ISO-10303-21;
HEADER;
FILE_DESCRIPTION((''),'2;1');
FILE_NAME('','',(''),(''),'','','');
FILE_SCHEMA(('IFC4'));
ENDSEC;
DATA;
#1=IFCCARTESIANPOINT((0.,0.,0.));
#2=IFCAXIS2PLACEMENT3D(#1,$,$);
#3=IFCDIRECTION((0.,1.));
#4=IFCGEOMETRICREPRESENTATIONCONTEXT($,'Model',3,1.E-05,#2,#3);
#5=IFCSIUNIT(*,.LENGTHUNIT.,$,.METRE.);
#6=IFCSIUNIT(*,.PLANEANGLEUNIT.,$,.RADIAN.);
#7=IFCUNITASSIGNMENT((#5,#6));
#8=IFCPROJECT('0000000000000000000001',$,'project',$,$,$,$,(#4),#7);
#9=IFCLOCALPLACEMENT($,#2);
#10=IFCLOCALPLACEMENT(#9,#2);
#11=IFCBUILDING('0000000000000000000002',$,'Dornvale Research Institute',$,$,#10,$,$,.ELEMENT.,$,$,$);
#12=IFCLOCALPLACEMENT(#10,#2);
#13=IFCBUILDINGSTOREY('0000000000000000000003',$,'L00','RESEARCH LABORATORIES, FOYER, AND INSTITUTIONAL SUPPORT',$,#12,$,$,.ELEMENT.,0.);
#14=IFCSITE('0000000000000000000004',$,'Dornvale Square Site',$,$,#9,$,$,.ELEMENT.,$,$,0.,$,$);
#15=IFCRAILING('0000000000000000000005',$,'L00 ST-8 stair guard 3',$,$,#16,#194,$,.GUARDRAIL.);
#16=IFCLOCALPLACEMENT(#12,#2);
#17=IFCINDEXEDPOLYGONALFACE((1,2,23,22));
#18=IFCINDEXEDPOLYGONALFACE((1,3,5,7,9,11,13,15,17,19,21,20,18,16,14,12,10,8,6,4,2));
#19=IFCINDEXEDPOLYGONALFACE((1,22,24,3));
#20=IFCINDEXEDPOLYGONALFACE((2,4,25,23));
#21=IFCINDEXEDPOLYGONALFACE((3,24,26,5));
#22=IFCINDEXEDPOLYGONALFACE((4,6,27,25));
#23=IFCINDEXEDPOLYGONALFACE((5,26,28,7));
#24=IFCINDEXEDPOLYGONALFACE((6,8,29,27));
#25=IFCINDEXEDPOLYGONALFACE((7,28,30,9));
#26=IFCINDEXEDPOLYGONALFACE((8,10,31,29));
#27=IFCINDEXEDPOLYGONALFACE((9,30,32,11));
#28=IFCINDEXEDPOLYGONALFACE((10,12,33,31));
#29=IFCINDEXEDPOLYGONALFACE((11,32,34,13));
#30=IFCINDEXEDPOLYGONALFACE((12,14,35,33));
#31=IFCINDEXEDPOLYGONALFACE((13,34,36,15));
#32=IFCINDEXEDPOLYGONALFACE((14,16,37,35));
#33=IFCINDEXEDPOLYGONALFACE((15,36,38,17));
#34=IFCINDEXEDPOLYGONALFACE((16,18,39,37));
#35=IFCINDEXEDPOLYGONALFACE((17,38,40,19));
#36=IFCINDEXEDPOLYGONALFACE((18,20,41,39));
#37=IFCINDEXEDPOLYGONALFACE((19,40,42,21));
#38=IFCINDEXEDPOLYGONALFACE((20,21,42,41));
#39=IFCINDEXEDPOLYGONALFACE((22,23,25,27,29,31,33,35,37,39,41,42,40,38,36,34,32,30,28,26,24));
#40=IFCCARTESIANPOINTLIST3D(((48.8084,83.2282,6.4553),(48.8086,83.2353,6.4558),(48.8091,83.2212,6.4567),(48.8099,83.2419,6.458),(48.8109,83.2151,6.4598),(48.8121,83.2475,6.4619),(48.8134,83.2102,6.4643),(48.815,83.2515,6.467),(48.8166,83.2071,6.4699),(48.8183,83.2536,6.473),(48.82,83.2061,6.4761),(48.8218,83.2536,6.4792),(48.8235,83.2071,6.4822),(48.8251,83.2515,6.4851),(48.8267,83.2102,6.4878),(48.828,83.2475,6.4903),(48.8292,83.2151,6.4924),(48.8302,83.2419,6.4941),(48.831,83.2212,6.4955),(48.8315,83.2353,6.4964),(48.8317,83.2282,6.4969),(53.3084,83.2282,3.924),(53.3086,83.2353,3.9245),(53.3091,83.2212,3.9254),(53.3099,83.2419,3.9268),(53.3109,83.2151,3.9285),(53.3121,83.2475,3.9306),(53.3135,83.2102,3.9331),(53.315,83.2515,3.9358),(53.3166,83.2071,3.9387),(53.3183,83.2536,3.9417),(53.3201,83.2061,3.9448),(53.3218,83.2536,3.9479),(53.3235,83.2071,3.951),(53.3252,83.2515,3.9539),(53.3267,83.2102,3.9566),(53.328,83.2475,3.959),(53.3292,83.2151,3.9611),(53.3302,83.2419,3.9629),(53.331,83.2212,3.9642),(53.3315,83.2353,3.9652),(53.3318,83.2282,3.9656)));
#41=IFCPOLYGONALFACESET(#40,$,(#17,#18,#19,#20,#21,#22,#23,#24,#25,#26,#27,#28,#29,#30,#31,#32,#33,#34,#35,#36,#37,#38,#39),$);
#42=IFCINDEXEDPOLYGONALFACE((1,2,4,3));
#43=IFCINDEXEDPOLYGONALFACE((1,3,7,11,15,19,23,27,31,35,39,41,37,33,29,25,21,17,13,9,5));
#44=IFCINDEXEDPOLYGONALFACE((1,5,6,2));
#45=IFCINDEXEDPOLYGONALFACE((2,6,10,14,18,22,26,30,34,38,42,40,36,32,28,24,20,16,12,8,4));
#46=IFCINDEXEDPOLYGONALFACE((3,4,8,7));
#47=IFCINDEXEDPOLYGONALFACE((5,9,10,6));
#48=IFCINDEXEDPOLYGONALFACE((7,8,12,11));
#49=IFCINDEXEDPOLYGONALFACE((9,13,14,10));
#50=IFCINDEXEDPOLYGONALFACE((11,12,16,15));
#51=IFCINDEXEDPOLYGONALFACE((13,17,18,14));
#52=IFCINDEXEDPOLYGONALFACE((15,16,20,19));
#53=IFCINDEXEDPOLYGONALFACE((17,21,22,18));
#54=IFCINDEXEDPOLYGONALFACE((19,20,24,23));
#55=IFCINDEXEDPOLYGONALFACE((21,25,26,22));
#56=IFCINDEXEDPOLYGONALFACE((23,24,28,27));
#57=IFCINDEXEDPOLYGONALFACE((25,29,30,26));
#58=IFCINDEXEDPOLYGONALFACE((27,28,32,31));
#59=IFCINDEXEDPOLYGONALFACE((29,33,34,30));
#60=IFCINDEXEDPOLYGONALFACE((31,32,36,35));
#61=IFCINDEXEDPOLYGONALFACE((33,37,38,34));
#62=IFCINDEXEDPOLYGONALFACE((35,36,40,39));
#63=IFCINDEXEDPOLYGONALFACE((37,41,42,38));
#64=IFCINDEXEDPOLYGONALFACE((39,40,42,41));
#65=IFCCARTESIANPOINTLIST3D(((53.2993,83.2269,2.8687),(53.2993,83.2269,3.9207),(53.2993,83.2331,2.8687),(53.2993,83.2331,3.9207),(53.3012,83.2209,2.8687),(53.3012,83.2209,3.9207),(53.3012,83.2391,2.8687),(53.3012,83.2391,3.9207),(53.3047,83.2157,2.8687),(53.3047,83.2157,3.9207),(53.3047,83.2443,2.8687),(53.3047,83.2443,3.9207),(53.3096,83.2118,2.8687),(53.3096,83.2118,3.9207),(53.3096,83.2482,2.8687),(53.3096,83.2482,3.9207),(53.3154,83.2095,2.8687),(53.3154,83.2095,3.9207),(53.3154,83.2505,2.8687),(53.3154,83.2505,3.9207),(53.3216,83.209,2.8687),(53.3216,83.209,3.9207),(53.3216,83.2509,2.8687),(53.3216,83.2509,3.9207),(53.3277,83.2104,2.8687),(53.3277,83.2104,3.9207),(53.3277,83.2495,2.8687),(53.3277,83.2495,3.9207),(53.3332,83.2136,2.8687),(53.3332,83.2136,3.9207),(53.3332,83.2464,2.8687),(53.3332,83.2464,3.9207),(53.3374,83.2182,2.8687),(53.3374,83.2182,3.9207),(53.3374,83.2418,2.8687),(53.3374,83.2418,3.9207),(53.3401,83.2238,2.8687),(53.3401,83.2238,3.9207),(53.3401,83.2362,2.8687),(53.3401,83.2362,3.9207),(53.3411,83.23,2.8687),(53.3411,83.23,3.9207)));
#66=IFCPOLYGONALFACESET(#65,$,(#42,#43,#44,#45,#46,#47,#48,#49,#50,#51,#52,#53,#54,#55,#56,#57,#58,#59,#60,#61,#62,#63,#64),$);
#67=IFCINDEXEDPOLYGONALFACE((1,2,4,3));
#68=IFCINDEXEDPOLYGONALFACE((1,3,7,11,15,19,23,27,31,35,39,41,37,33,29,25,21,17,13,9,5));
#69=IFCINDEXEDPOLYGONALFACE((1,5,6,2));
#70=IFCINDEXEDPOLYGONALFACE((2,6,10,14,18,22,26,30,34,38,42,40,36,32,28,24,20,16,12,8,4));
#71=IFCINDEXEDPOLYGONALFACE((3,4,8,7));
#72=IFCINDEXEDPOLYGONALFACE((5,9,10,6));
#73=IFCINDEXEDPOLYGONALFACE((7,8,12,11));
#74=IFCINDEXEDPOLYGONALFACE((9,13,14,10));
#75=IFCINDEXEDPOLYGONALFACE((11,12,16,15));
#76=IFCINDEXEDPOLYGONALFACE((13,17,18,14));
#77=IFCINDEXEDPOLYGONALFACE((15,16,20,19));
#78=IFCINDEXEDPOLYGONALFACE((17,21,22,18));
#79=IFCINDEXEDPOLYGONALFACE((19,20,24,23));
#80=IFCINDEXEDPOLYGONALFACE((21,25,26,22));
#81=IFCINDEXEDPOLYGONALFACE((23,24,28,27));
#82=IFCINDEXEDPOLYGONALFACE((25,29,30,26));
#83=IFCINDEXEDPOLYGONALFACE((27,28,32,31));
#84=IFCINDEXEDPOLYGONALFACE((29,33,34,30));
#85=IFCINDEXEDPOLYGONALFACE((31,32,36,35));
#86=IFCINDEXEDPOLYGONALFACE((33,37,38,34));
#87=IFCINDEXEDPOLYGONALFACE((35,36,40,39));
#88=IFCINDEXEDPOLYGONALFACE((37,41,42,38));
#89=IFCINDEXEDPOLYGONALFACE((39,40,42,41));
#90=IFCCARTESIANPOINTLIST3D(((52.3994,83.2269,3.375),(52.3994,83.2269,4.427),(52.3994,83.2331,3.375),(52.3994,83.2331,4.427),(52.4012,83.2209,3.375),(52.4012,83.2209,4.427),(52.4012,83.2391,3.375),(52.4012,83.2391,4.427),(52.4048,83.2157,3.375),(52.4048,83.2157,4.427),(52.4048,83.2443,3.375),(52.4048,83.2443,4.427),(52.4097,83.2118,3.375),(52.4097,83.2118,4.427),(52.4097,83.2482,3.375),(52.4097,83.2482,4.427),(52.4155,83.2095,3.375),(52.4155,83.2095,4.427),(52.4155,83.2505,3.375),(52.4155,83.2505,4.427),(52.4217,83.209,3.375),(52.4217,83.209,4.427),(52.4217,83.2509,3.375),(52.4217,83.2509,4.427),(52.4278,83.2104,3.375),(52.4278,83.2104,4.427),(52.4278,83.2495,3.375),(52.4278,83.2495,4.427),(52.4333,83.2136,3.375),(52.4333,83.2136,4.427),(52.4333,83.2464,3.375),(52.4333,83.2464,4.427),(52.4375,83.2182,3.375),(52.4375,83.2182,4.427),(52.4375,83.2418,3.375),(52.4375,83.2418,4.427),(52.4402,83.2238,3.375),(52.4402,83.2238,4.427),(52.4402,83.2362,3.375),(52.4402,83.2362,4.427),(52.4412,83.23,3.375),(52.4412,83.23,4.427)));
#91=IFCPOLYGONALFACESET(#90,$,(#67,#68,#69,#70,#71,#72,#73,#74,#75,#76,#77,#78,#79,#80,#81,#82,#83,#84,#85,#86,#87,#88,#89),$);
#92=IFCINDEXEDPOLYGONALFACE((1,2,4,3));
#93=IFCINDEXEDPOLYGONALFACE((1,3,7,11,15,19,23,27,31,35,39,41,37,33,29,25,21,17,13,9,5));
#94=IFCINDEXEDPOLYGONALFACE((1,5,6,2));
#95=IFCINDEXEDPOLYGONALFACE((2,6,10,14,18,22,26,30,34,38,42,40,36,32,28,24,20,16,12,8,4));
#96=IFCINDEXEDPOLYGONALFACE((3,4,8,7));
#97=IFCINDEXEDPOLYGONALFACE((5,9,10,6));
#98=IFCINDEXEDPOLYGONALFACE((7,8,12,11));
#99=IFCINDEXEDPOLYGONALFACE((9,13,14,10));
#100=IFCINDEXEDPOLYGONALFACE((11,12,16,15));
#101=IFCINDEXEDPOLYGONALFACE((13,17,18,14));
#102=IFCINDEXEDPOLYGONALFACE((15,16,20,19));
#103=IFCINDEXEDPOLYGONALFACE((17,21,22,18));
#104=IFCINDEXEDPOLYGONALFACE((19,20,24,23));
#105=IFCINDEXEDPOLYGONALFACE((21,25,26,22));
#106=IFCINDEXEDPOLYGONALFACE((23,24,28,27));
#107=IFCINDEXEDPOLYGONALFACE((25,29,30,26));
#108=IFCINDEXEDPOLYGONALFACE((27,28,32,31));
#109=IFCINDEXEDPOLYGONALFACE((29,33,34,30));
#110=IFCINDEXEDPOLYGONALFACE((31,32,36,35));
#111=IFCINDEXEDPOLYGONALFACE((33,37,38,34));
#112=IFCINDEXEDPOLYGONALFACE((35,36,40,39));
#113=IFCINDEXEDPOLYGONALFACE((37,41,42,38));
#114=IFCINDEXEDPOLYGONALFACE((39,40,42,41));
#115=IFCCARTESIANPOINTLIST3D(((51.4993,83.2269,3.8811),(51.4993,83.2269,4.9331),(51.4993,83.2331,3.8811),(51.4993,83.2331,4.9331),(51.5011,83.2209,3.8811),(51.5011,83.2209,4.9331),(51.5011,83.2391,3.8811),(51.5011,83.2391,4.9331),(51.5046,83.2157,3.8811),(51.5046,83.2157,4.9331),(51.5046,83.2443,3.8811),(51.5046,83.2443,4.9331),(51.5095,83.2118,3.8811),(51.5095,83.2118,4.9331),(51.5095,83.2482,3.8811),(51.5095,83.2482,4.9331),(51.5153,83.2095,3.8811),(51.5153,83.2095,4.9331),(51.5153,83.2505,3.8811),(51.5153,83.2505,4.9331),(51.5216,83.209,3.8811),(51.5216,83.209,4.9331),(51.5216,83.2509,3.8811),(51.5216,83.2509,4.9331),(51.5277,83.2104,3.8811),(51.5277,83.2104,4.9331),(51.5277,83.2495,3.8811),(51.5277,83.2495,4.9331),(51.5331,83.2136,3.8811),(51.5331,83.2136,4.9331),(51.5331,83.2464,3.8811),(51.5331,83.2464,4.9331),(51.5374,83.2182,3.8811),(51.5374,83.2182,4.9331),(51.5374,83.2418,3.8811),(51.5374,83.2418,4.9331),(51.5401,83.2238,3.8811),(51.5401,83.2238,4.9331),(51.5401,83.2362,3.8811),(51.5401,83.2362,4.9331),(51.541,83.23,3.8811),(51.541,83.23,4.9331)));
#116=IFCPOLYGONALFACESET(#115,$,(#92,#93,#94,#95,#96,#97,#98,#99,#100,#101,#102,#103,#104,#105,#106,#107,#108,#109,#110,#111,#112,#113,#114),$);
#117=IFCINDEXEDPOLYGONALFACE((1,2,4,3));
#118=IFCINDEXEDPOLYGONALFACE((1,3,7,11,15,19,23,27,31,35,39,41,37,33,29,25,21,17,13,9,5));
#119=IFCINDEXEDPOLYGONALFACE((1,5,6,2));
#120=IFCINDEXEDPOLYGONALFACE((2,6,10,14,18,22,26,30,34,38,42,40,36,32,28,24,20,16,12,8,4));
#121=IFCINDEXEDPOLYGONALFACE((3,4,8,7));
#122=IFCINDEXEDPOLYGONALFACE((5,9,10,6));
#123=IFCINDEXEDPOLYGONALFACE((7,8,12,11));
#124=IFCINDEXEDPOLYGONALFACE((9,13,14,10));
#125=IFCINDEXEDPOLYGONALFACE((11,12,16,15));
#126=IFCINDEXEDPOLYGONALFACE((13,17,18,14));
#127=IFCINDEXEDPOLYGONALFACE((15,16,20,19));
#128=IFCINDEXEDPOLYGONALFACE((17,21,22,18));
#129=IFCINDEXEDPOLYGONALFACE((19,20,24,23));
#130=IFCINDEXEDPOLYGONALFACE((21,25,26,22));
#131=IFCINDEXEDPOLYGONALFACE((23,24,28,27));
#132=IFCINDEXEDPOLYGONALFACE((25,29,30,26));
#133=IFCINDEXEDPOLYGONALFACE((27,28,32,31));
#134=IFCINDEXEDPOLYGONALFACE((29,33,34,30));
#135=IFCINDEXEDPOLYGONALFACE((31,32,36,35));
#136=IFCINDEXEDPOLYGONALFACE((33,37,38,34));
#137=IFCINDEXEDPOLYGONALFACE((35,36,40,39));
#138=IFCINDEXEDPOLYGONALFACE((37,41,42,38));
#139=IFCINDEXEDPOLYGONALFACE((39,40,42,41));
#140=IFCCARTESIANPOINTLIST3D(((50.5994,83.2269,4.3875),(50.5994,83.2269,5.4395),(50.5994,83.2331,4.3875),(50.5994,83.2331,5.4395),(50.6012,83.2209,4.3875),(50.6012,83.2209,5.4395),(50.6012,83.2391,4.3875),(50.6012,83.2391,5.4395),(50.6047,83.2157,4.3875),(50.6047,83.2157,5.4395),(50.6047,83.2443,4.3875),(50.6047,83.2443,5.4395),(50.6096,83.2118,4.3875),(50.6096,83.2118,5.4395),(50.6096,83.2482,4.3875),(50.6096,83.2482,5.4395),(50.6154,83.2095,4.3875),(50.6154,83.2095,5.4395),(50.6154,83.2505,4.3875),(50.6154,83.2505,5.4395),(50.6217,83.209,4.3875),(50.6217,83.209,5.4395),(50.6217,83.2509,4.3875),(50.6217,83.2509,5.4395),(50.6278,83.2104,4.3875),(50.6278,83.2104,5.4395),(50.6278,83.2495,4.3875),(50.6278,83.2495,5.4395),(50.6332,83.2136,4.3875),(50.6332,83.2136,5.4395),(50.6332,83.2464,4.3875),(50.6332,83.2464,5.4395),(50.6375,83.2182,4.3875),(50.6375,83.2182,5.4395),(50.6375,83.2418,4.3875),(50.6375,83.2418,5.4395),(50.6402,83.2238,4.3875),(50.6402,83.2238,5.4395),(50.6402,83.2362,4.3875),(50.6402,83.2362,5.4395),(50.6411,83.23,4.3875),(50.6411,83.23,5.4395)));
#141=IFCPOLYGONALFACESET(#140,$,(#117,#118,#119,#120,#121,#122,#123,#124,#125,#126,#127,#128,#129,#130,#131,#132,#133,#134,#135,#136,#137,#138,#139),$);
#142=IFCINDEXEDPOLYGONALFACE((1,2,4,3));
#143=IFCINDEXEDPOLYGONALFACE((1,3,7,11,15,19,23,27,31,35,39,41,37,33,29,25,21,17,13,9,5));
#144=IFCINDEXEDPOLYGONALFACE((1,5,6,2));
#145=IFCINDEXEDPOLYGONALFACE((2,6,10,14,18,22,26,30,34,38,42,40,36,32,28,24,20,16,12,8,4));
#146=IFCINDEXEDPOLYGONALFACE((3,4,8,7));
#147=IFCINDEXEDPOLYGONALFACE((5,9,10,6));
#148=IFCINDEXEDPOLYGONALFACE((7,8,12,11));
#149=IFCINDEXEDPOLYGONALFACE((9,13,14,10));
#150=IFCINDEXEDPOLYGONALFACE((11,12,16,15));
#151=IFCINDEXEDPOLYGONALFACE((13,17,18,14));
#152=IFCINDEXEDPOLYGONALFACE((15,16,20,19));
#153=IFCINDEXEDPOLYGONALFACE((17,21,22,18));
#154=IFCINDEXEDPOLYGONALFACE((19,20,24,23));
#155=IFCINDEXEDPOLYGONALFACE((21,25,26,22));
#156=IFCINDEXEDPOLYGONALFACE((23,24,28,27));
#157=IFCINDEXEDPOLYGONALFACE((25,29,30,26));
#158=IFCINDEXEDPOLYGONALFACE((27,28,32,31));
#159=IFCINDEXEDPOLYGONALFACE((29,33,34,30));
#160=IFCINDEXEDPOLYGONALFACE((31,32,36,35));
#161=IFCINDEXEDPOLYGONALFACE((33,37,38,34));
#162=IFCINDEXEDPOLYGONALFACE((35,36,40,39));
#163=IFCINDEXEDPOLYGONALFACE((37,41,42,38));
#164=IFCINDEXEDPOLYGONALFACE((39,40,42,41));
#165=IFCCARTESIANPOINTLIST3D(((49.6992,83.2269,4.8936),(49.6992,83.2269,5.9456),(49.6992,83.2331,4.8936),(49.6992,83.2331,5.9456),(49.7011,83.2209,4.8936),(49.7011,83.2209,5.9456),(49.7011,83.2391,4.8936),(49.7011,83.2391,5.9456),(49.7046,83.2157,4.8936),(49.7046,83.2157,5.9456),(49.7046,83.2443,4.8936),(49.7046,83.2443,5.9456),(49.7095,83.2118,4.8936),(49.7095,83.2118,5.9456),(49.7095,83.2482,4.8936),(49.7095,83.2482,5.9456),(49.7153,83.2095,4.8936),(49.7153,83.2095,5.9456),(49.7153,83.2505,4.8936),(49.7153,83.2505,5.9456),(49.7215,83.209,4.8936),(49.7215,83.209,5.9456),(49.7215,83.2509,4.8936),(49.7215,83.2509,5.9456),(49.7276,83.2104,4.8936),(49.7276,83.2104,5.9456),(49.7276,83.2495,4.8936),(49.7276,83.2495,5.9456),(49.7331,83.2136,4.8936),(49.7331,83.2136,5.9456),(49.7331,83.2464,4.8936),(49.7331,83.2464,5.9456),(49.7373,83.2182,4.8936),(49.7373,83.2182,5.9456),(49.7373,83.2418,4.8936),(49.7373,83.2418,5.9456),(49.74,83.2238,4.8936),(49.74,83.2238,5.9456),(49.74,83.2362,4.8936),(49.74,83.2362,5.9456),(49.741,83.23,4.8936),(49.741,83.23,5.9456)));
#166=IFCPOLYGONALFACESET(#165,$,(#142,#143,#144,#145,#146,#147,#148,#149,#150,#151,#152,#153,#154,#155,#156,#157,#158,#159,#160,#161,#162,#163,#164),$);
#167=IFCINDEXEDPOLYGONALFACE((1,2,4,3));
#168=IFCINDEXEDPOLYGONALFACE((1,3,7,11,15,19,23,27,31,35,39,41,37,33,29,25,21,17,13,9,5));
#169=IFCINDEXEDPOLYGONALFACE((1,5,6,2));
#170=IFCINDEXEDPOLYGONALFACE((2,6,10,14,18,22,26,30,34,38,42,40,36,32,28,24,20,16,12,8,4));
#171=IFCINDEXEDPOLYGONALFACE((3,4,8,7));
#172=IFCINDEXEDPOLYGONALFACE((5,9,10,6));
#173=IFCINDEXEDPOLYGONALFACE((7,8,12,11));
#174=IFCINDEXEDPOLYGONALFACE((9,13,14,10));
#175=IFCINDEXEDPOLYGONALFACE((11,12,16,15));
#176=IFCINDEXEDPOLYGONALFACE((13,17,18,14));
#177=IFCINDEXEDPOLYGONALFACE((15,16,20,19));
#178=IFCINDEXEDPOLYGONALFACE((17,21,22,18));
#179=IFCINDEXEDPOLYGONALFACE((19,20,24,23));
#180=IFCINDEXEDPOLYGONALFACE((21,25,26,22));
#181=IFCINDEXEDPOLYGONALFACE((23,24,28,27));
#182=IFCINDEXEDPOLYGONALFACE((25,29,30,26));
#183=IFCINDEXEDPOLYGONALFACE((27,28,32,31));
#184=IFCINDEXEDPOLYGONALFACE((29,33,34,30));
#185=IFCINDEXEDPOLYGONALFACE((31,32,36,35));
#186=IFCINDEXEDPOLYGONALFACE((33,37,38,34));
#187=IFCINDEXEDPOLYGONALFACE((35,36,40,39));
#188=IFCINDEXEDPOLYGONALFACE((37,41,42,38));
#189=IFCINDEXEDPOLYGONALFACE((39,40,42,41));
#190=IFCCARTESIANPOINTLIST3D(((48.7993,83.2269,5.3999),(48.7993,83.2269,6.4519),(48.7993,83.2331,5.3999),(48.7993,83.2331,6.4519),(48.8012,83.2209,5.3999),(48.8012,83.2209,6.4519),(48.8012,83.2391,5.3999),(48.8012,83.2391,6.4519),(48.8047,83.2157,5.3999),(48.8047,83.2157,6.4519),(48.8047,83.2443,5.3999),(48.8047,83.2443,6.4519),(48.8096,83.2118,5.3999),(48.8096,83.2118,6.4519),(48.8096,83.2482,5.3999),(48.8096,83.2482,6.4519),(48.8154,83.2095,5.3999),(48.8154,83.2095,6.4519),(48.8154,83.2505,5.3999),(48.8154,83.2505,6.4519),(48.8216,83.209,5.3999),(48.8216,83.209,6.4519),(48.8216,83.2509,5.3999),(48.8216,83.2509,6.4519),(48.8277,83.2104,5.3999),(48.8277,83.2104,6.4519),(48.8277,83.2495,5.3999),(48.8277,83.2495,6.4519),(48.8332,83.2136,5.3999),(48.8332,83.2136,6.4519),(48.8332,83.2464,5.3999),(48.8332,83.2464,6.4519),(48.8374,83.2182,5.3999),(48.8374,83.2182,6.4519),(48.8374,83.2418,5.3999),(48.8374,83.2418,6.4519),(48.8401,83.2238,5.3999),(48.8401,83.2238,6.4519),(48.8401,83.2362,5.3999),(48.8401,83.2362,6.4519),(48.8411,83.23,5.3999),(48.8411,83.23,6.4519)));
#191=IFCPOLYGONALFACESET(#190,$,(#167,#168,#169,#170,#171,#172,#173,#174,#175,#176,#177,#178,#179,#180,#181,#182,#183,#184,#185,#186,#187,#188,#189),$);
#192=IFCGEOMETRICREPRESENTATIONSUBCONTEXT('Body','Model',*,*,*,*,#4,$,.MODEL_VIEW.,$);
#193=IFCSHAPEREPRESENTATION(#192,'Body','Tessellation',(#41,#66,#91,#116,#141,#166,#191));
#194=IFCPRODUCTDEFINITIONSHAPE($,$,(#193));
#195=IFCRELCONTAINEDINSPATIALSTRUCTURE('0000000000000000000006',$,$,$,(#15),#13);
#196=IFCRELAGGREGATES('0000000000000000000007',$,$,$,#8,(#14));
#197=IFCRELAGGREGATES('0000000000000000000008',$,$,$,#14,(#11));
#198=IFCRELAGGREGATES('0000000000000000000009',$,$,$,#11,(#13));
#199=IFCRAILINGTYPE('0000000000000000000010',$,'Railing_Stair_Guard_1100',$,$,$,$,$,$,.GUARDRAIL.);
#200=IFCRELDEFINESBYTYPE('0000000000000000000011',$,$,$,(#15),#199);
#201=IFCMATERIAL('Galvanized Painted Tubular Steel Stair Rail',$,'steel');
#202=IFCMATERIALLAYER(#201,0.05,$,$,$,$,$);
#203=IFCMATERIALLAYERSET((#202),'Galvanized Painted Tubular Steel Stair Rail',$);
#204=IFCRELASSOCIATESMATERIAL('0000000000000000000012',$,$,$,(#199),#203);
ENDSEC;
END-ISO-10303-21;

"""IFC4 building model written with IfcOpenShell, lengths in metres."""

from ifc_helpers import new_model, si_unit, direction, frame, origin, origin_2d, place, context, subcontext, project, spatial, circle, extrude, material, layer, layer_set, type_object, element, save


model = new_model("IFC4")

# Units and contexts
model_context = context("Model", 3, precision=1e-05, world=origin(), true_north=direction((0.0, 1.0)))
body_context = subcontext(model_context, "Body", "Model", "MODEL_VIEW")
ifc_project = project(units=[si_unit("LENGTHUNIT", "METRE"), si_unit("PLANEANGLEUNIT", "RADIAN")], contexts=[model_context])

# Site, building, storey
site_placement = place(None, origin())
site = spatial("IfcSite", under=ifc_project, at=site_placement, Name="Dornvale Square Site", CompositionType="ELEMENT", RefElevation=0.0)
building_placement = place(site_placement, origin())
building = spatial("IfcBuilding", under=site, at=building_placement, Name="Dornvale Research Institute", CompositionType="ELEMENT")
storey_placement = place(building_placement, origin())
storey = spatial("IfcBuildingStorey", under=building, at=storey_placement, Name="L00", Description="RESEARCH LABORATORIES, FOYER, AND INSTITUTIONAL SUPPORT", CompositionType="ELEMENT", Elevation=0.0)

# Railing
ifc_material_1 = material(Name="Galvanized Painted Tubular Steel Stair Rail", Category="steel")
ifc_layer_1 = layer(ifc_material_1, 0.05)
ifc_layer_set_1 = layer_set([ifc_layer_1], Name="Galvanized Painted Tubular Steel Stair Rail")
railing_type_1 = type_object("IfcRailingType", Name="Railing_Stair_Guard_1100", PredefinedType="GUARDRAIL", material=ifc_layer_set_1)
railing_1_placement = place(storey_placement, frame((53.3201, 83.23, 2.8687)))
element("IfcRailing", 1, at=railing_1_placement, inside=storey, type_object=railing_type_1, Name="L00 ST-8 stair guard 3", PredefinedType="GUARDRAIL", context=body_context, shape_type="SweptSolid", body=[
    extrude(circle(Radius=0.0239, at=origin_2d()), frame((0.0, 0.0, 1.0762), z_axis=(-0.871576, 0.0, 0.490261), x_axis=(0.0, -1.0, 0.0)), (0.0, 0.0, 1.0), 5.1631),
    extrude(circle(Radius=0.021, at=origin_2d()), origin(), (0.0, 0.0, 1.0), 1.052),
    extrude(circle(Radius=0.021, at=origin_2d()), frame((-0.8999, 0.0, 0.5063)), (0.0, 0.0, 1.0), 1.052),
    extrude(circle(Radius=0.021, at=origin_2d()), frame((-1.8, 0.0, 1.0125)), (0.0, 0.0, 1.0), 1.052),
    extrude(circle(Radius=0.021, at=origin_2d()), frame((-2.7, 0.0, 1.5188)), (0.0, 0.0, 1.0), 1.052),
    extrude(circle(Radius=0.021, at=origin_2d()), frame((-3.6001, 0.0, 2.0249)), (0.0, 0.0, 1.0), 1.052),
    extrude(circle(Radius=0.021, at=origin_2d()), frame((-4.5, 0.0, 2.5312)), (0.0, 0.0, 1.0), 1.052),
])

save(model, "model.ifc")
